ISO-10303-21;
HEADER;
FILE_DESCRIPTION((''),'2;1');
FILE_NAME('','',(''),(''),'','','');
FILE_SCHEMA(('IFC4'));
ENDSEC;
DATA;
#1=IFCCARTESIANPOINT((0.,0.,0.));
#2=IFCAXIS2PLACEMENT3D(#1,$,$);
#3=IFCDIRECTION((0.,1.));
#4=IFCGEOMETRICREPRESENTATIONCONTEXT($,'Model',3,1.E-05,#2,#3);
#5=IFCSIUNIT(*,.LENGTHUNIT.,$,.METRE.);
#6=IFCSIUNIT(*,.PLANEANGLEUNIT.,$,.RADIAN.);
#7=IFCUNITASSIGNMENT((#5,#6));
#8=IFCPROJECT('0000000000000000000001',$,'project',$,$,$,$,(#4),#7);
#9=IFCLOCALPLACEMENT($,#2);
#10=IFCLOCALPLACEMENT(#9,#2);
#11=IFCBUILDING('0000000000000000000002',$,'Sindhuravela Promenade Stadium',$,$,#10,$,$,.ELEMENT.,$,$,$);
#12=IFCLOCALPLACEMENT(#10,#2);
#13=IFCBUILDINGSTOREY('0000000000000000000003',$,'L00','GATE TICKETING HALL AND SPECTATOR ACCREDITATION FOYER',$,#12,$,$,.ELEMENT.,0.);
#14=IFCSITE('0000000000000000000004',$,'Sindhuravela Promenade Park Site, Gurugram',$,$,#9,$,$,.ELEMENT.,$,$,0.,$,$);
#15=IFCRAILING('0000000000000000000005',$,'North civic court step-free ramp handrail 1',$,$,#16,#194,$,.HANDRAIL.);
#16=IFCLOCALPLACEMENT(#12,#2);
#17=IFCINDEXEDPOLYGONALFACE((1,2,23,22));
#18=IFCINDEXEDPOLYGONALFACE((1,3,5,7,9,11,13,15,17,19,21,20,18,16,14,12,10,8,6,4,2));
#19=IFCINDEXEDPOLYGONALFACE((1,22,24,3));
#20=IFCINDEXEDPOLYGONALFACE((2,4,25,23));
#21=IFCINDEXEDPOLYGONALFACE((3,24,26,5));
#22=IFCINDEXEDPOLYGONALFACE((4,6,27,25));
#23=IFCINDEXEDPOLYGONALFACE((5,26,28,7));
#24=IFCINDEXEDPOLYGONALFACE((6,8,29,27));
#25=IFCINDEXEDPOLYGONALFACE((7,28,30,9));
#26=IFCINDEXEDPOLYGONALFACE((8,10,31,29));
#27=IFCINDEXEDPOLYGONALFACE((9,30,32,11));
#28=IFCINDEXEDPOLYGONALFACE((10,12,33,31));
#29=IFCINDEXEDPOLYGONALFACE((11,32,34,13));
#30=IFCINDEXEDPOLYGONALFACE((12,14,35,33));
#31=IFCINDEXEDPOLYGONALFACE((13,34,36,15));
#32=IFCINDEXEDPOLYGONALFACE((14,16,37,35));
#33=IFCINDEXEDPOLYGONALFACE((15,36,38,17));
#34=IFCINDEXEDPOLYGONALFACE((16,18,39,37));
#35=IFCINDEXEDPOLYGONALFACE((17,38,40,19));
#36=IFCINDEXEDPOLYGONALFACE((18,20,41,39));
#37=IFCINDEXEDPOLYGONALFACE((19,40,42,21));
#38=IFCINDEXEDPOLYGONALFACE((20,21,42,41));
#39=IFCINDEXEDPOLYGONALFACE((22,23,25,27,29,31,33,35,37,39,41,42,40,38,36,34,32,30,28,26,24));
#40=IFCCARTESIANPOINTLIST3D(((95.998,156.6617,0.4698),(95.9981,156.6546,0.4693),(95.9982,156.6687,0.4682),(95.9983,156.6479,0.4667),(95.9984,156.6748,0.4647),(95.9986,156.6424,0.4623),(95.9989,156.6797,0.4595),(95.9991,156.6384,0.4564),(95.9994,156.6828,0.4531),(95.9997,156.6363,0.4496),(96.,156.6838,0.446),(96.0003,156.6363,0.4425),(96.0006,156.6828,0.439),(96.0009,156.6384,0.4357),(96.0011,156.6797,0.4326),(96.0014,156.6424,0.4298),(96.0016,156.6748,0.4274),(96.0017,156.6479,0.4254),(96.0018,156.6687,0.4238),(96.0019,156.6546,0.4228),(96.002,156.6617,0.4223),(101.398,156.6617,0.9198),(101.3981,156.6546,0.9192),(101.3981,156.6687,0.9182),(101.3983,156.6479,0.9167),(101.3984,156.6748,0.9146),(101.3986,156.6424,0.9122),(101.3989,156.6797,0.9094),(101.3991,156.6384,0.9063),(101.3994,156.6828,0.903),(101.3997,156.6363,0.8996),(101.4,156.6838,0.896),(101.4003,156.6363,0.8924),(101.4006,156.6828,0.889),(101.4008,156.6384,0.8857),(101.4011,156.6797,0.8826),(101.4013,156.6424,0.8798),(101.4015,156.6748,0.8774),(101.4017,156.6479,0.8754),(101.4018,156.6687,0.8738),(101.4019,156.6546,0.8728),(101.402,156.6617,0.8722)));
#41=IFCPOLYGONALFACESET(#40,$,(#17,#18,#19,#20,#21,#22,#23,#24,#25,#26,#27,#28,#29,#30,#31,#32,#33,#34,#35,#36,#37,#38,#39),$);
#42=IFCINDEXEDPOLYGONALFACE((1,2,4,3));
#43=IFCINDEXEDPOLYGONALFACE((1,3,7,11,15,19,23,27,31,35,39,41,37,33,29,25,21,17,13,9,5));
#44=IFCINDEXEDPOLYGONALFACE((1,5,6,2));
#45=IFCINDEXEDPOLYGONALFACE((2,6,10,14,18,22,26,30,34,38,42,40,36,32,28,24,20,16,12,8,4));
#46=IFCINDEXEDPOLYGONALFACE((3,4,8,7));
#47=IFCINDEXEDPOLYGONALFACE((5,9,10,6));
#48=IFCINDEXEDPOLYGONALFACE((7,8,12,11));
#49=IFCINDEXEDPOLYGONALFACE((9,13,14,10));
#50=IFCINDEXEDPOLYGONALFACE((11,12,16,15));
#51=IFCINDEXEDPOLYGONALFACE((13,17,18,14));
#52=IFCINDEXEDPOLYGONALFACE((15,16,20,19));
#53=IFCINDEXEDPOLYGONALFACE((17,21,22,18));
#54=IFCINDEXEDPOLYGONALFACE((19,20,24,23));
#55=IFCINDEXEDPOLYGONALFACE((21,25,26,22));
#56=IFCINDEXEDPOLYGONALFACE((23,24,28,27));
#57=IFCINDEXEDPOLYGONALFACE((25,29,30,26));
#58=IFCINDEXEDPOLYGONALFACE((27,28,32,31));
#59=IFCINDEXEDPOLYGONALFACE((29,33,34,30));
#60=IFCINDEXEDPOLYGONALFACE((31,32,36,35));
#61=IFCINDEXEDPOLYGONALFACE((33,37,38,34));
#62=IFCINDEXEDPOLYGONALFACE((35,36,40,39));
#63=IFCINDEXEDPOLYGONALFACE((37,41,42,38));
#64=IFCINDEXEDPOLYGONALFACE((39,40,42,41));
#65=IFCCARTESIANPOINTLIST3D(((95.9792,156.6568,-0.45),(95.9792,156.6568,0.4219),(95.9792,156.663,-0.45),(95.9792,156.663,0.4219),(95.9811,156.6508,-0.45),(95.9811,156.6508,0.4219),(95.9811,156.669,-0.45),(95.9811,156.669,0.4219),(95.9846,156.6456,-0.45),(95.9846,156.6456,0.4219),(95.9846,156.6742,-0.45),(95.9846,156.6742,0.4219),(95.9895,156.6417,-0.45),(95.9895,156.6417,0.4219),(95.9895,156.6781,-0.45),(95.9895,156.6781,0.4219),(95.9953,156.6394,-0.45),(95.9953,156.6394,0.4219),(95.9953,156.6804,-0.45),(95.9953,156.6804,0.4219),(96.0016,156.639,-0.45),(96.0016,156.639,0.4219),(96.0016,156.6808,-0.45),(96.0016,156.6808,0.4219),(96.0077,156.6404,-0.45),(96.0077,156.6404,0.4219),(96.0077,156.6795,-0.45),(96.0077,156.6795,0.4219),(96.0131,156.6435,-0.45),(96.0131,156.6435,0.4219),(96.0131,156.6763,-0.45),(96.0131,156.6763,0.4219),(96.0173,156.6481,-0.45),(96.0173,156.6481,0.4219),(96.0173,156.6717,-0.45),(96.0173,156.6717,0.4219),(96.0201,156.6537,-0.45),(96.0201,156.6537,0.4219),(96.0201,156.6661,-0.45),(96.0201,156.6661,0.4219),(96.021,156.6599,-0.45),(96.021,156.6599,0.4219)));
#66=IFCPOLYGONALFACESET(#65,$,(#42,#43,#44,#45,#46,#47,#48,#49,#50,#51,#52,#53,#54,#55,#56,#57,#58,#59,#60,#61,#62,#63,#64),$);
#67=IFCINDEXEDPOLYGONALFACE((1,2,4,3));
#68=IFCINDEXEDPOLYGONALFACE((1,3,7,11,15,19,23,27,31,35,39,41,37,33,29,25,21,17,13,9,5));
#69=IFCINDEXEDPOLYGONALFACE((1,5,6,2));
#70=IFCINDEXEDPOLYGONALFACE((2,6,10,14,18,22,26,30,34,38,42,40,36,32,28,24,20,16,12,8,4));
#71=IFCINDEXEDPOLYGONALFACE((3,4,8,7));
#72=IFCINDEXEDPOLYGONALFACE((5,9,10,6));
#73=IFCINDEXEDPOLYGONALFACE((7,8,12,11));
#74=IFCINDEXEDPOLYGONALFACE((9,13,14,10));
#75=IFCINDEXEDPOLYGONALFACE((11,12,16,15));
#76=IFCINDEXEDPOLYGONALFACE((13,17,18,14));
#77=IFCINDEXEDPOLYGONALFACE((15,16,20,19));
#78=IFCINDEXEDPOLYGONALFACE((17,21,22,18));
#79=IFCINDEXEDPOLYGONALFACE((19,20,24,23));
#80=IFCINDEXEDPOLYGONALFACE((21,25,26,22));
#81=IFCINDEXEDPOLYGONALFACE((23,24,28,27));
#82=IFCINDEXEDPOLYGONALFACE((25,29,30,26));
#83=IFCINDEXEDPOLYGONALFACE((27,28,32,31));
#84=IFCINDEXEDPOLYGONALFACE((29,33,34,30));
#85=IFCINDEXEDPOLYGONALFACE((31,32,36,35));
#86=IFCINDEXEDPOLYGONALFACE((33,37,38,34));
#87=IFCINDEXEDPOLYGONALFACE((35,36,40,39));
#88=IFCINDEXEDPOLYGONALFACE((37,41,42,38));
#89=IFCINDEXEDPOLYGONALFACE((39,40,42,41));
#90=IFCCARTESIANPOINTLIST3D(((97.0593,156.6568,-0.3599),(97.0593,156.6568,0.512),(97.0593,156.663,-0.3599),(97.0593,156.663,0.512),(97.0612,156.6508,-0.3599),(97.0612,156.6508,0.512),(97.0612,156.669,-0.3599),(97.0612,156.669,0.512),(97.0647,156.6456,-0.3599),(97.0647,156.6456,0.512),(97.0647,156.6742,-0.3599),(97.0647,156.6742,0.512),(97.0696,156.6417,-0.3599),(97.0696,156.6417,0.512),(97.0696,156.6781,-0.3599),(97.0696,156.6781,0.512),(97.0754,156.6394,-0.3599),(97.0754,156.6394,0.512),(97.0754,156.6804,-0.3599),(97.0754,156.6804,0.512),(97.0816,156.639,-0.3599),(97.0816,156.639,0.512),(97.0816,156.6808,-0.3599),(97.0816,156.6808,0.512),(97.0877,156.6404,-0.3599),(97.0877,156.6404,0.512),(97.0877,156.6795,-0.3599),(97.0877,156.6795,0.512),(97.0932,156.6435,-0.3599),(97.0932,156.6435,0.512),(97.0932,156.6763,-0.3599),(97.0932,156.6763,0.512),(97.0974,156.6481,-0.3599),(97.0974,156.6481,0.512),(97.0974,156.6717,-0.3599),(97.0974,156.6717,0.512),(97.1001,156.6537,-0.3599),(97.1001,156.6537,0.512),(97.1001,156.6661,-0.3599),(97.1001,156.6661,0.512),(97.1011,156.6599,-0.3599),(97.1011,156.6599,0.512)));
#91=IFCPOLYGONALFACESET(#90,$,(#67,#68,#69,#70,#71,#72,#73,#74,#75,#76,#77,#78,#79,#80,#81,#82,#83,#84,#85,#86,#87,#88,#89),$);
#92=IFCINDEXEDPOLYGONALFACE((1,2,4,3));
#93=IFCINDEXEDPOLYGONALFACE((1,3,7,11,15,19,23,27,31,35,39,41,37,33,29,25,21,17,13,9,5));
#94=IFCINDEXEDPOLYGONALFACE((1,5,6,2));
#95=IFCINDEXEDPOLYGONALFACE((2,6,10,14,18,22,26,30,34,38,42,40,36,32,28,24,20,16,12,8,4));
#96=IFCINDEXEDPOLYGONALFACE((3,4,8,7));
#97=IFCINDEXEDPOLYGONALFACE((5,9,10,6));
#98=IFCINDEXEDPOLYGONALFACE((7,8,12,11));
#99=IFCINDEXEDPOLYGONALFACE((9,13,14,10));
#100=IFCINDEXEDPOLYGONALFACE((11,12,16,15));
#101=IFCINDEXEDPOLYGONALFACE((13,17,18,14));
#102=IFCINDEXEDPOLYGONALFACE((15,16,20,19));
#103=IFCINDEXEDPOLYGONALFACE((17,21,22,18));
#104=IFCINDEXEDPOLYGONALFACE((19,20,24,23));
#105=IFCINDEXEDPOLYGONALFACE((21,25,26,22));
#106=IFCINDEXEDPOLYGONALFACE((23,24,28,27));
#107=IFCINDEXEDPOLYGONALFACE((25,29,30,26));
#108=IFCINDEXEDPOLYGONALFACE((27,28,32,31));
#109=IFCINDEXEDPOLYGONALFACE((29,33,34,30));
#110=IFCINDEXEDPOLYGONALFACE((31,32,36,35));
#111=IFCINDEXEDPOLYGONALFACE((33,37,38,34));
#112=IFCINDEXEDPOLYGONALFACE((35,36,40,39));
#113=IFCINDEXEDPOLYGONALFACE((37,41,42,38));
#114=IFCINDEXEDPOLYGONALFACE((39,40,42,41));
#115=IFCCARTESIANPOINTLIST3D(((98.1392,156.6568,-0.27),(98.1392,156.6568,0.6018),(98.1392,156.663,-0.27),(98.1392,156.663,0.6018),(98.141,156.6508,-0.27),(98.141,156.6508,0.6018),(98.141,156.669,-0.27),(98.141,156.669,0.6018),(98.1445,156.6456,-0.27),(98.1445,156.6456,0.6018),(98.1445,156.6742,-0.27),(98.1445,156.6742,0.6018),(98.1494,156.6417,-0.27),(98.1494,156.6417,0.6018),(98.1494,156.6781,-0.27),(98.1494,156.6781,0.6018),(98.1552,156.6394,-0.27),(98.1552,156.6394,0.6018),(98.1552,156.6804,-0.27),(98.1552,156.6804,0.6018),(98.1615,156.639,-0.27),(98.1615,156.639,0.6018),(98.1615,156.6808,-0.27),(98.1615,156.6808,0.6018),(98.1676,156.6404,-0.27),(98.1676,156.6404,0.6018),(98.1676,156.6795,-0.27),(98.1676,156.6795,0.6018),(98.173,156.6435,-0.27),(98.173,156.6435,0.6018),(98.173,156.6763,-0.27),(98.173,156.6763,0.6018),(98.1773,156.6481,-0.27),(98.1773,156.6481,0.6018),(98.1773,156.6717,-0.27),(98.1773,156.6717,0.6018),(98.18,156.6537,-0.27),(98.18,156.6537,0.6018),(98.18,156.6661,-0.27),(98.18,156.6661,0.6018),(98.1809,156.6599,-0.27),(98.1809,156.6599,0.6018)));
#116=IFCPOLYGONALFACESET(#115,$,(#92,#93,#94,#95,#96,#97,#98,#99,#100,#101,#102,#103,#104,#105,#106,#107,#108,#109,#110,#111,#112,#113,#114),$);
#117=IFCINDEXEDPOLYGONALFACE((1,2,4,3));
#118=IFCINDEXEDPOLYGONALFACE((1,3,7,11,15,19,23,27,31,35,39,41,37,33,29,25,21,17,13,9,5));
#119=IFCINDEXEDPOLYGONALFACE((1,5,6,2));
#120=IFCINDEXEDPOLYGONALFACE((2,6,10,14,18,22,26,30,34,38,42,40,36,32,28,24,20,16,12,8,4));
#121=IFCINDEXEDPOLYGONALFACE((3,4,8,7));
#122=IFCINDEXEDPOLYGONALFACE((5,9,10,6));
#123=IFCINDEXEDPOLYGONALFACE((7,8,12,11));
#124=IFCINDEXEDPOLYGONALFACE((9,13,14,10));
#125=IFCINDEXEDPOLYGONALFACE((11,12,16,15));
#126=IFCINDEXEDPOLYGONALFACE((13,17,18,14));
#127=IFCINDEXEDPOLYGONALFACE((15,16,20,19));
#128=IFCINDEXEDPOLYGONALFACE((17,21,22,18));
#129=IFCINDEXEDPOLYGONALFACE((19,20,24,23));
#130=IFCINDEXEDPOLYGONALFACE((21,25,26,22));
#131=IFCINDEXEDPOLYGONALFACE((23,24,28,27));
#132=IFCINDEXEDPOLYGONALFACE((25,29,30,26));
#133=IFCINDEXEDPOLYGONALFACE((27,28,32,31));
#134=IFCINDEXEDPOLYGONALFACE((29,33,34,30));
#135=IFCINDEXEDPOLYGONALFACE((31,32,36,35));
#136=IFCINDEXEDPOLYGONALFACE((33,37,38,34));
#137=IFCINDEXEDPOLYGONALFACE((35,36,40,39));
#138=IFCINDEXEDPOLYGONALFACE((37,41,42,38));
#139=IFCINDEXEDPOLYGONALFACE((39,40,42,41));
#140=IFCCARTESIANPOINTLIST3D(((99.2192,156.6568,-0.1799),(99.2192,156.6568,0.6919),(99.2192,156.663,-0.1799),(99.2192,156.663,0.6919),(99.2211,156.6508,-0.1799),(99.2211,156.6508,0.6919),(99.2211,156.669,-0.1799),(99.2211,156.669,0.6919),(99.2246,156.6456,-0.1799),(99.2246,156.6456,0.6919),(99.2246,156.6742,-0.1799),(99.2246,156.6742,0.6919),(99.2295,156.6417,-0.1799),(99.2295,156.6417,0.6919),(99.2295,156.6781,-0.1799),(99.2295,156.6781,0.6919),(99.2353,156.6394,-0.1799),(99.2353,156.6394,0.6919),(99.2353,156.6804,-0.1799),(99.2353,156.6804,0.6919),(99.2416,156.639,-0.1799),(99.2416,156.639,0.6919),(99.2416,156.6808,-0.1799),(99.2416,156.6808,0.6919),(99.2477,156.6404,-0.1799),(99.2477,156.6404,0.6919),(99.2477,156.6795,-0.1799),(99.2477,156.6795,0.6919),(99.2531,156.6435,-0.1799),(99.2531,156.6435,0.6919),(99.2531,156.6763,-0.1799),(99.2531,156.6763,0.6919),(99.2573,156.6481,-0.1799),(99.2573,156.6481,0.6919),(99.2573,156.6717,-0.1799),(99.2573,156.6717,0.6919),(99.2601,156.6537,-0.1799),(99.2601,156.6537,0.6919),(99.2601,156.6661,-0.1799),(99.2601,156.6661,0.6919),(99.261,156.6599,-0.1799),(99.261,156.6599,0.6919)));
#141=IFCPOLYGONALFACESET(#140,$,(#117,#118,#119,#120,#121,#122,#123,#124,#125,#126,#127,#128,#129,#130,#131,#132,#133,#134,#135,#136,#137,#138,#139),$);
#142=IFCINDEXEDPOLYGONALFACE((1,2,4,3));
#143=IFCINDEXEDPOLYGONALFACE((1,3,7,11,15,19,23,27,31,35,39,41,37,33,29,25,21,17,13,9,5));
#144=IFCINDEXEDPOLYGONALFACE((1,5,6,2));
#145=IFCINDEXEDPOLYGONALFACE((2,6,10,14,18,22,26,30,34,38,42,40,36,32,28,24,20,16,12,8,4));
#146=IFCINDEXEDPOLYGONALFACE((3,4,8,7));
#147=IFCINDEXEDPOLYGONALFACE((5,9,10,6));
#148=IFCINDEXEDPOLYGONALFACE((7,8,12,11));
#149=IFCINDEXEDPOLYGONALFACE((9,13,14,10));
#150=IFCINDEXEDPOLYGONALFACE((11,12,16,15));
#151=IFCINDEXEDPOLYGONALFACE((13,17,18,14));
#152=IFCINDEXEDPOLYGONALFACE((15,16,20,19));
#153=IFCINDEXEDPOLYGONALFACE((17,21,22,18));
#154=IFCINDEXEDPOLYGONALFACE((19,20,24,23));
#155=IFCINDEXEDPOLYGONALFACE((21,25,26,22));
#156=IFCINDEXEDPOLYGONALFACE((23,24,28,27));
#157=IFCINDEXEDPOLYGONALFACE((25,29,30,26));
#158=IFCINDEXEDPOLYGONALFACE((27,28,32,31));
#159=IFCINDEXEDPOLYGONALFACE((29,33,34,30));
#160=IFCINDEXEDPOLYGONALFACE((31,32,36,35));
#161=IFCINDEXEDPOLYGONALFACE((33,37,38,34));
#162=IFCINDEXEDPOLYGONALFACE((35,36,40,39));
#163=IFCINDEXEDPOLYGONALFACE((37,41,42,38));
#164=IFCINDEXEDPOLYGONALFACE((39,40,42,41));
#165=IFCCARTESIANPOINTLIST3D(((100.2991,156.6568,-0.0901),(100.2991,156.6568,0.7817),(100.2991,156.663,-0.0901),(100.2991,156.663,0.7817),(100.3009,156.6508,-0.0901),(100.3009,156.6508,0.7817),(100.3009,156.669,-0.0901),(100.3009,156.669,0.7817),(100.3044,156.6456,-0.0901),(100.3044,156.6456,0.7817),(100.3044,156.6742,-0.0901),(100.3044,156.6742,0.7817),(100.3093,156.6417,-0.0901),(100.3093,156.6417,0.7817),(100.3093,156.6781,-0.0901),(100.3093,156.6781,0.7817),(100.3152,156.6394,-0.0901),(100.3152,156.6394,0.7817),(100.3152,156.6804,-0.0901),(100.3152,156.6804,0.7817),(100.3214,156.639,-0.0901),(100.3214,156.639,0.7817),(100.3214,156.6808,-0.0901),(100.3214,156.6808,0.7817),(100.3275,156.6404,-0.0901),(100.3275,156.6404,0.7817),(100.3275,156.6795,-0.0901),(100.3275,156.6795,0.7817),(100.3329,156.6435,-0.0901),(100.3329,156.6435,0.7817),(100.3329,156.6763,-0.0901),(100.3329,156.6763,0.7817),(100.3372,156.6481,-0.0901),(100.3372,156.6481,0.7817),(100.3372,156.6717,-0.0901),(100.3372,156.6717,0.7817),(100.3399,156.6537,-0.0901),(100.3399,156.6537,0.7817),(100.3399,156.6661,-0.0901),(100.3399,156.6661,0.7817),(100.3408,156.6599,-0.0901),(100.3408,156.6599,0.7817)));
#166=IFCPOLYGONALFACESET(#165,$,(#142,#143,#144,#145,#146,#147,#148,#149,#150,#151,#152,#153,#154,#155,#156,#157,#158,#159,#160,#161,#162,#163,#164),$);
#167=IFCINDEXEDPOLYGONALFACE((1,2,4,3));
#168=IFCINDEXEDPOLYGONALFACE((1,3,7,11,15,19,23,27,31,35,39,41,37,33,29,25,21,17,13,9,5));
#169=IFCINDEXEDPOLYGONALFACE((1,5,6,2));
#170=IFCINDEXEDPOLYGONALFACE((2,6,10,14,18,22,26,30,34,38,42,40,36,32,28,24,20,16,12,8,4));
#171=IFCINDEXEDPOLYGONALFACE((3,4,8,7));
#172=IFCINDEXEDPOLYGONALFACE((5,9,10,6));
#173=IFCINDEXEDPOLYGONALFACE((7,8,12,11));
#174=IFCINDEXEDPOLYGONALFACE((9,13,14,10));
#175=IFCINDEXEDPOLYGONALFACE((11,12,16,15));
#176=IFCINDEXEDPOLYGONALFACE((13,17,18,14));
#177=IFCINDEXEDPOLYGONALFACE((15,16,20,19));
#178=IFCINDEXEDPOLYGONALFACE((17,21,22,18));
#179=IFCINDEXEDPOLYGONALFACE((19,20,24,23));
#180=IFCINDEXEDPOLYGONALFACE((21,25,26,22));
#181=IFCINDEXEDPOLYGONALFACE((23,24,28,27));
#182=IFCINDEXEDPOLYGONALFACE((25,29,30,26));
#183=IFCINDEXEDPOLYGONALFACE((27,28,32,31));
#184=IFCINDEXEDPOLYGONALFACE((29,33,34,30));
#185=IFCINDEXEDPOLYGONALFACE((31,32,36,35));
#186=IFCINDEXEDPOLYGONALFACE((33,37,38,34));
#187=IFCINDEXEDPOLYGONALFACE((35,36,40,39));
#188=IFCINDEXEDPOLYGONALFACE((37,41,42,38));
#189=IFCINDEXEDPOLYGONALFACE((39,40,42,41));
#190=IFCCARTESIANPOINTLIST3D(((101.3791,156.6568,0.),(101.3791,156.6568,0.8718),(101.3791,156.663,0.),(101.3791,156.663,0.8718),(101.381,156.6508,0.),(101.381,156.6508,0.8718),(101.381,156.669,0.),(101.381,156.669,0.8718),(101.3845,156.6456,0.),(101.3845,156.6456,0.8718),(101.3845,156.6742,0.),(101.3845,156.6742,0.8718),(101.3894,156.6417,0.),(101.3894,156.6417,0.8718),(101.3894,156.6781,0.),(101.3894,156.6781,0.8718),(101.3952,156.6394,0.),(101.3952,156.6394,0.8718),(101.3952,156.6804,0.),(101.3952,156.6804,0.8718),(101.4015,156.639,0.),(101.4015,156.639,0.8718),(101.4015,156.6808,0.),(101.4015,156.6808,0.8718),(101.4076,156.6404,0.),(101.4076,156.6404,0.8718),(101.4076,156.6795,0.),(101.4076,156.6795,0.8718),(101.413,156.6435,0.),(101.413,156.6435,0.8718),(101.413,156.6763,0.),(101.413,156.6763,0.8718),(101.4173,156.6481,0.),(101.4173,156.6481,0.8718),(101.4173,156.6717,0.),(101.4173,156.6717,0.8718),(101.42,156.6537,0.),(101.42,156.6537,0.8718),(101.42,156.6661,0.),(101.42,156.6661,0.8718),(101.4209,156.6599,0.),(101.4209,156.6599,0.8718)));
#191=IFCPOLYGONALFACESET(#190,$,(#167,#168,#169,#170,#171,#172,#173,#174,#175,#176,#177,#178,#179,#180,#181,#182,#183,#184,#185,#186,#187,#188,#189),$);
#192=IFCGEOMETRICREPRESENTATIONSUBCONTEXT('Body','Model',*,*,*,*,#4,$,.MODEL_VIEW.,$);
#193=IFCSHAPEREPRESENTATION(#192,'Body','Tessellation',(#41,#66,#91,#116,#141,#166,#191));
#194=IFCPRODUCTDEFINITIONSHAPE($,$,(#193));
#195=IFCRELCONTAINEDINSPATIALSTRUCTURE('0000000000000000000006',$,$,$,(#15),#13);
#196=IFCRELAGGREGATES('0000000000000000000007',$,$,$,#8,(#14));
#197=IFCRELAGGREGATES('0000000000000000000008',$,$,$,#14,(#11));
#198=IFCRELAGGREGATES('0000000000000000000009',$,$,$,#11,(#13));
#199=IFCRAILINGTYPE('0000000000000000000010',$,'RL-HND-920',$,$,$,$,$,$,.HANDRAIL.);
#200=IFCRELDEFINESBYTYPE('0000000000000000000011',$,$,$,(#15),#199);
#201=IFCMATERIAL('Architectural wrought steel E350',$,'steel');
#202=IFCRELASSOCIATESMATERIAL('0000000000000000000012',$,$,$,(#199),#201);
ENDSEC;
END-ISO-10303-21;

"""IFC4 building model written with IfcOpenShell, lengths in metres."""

from ifc_helpers import new_model, si_unit, direction, frame, origin, origin_2d, place, context, subcontext, project, spatial, circle, extrude, material, type_object, element, save


model = new_model("IFC4")

# Units and contexts
model_context = context("Model", 3, precision=1e-05, world=origin(), true_north=direction((0.0, 1.0)))
body_context = subcontext(model_context, "Body", "Model", "MODEL_VIEW")
ifc_project = project(units=[si_unit("LENGTHUNIT", "METRE"), si_unit("PLANEANGLEUNIT", "RADIAN")], contexts=[model_context])

# Site, building, storey
site_placement = place(None, origin())
site = spatial("IfcSite", under=ifc_project, at=site_placement, Name="Sindhuravela Promenade Park Site, Gurugram", CompositionType="ELEMENT", RefElevation=0.0)
building_placement = place(site_placement, origin())
building = spatial("IfcBuilding", under=site, at=building_placement, Name="Sindhuravela Promenade Stadium", CompositionType="ELEMENT")
storey_placement = place(building_placement, origin())
storey = spatial("IfcBuildingStorey", under=building, at=storey_placement, Name="L00", Description="GATE TICKETING HALL AND SPECTATOR ACCREDITATION FOYER", CompositionType="ELEMENT", Elevation=0.0)

# Railing
ifc_material_1 = material(Name="Architectural wrought steel E350", Category="steel")
railing_type = type_object("IfcRailingType", Name="RL-HND-920", PredefinedType="HANDRAIL", material=ifc_material_1)
for number, where, name in (
    (1, (96.0, 156.6599, -0.45), "North civic court step-free ramp handrail 1"),
):
    element("IfcRailing", number, at=place(storey_placement, frame(where)), inside=storey, type_object=railing_type, Name=name, PredefinedType="HANDRAIL", context=body_context, shape_type="SweptSolid", body=[
        extrude(circle(Radius=0.0239, at=origin_2d()), frame((0.0, 0.0, 0.896), z_axis=(0.996546, 0.0, 0.083038), x_axis=(0.0, 1.0, 0.0)), (0.0, 0.0, 1.0), 5.4187),
        extrude(circle(Radius=0.021, at=origin_2d()), origin(), (0.0, 0.0, 1.0), 0.8718),
        extrude(circle(Radius=0.021, at=origin_2d()), frame((1.0801, 0.0, 0.0901)), (0.0, 0.0, 1.0), 0.8718),
        extrude(circle(Radius=0.021, at=origin_2d()), frame((2.1599, 0.0, 0.1799)), (0.0, 0.0, 1.0), 0.8718),
        extrude(circle(Radius=0.021, at=origin_2d()), frame((3.24, 0.0, 0.27)), (0.0, 0.0, 1.0), 0.8718),
        extrude(circle(Radius=0.021, at=origin_2d()), frame((4.3198, 0.0, 0.3599)), (0.0, 0.0, 1.0), 0.8718),
        extrude(circle(Radius=0.021, at=origin_2d()), frame((5.3999, 0.0, 0.45)), (0.0, 0.0, 1.0), 0.8718),
    ])

save(model, "model.ifc")
